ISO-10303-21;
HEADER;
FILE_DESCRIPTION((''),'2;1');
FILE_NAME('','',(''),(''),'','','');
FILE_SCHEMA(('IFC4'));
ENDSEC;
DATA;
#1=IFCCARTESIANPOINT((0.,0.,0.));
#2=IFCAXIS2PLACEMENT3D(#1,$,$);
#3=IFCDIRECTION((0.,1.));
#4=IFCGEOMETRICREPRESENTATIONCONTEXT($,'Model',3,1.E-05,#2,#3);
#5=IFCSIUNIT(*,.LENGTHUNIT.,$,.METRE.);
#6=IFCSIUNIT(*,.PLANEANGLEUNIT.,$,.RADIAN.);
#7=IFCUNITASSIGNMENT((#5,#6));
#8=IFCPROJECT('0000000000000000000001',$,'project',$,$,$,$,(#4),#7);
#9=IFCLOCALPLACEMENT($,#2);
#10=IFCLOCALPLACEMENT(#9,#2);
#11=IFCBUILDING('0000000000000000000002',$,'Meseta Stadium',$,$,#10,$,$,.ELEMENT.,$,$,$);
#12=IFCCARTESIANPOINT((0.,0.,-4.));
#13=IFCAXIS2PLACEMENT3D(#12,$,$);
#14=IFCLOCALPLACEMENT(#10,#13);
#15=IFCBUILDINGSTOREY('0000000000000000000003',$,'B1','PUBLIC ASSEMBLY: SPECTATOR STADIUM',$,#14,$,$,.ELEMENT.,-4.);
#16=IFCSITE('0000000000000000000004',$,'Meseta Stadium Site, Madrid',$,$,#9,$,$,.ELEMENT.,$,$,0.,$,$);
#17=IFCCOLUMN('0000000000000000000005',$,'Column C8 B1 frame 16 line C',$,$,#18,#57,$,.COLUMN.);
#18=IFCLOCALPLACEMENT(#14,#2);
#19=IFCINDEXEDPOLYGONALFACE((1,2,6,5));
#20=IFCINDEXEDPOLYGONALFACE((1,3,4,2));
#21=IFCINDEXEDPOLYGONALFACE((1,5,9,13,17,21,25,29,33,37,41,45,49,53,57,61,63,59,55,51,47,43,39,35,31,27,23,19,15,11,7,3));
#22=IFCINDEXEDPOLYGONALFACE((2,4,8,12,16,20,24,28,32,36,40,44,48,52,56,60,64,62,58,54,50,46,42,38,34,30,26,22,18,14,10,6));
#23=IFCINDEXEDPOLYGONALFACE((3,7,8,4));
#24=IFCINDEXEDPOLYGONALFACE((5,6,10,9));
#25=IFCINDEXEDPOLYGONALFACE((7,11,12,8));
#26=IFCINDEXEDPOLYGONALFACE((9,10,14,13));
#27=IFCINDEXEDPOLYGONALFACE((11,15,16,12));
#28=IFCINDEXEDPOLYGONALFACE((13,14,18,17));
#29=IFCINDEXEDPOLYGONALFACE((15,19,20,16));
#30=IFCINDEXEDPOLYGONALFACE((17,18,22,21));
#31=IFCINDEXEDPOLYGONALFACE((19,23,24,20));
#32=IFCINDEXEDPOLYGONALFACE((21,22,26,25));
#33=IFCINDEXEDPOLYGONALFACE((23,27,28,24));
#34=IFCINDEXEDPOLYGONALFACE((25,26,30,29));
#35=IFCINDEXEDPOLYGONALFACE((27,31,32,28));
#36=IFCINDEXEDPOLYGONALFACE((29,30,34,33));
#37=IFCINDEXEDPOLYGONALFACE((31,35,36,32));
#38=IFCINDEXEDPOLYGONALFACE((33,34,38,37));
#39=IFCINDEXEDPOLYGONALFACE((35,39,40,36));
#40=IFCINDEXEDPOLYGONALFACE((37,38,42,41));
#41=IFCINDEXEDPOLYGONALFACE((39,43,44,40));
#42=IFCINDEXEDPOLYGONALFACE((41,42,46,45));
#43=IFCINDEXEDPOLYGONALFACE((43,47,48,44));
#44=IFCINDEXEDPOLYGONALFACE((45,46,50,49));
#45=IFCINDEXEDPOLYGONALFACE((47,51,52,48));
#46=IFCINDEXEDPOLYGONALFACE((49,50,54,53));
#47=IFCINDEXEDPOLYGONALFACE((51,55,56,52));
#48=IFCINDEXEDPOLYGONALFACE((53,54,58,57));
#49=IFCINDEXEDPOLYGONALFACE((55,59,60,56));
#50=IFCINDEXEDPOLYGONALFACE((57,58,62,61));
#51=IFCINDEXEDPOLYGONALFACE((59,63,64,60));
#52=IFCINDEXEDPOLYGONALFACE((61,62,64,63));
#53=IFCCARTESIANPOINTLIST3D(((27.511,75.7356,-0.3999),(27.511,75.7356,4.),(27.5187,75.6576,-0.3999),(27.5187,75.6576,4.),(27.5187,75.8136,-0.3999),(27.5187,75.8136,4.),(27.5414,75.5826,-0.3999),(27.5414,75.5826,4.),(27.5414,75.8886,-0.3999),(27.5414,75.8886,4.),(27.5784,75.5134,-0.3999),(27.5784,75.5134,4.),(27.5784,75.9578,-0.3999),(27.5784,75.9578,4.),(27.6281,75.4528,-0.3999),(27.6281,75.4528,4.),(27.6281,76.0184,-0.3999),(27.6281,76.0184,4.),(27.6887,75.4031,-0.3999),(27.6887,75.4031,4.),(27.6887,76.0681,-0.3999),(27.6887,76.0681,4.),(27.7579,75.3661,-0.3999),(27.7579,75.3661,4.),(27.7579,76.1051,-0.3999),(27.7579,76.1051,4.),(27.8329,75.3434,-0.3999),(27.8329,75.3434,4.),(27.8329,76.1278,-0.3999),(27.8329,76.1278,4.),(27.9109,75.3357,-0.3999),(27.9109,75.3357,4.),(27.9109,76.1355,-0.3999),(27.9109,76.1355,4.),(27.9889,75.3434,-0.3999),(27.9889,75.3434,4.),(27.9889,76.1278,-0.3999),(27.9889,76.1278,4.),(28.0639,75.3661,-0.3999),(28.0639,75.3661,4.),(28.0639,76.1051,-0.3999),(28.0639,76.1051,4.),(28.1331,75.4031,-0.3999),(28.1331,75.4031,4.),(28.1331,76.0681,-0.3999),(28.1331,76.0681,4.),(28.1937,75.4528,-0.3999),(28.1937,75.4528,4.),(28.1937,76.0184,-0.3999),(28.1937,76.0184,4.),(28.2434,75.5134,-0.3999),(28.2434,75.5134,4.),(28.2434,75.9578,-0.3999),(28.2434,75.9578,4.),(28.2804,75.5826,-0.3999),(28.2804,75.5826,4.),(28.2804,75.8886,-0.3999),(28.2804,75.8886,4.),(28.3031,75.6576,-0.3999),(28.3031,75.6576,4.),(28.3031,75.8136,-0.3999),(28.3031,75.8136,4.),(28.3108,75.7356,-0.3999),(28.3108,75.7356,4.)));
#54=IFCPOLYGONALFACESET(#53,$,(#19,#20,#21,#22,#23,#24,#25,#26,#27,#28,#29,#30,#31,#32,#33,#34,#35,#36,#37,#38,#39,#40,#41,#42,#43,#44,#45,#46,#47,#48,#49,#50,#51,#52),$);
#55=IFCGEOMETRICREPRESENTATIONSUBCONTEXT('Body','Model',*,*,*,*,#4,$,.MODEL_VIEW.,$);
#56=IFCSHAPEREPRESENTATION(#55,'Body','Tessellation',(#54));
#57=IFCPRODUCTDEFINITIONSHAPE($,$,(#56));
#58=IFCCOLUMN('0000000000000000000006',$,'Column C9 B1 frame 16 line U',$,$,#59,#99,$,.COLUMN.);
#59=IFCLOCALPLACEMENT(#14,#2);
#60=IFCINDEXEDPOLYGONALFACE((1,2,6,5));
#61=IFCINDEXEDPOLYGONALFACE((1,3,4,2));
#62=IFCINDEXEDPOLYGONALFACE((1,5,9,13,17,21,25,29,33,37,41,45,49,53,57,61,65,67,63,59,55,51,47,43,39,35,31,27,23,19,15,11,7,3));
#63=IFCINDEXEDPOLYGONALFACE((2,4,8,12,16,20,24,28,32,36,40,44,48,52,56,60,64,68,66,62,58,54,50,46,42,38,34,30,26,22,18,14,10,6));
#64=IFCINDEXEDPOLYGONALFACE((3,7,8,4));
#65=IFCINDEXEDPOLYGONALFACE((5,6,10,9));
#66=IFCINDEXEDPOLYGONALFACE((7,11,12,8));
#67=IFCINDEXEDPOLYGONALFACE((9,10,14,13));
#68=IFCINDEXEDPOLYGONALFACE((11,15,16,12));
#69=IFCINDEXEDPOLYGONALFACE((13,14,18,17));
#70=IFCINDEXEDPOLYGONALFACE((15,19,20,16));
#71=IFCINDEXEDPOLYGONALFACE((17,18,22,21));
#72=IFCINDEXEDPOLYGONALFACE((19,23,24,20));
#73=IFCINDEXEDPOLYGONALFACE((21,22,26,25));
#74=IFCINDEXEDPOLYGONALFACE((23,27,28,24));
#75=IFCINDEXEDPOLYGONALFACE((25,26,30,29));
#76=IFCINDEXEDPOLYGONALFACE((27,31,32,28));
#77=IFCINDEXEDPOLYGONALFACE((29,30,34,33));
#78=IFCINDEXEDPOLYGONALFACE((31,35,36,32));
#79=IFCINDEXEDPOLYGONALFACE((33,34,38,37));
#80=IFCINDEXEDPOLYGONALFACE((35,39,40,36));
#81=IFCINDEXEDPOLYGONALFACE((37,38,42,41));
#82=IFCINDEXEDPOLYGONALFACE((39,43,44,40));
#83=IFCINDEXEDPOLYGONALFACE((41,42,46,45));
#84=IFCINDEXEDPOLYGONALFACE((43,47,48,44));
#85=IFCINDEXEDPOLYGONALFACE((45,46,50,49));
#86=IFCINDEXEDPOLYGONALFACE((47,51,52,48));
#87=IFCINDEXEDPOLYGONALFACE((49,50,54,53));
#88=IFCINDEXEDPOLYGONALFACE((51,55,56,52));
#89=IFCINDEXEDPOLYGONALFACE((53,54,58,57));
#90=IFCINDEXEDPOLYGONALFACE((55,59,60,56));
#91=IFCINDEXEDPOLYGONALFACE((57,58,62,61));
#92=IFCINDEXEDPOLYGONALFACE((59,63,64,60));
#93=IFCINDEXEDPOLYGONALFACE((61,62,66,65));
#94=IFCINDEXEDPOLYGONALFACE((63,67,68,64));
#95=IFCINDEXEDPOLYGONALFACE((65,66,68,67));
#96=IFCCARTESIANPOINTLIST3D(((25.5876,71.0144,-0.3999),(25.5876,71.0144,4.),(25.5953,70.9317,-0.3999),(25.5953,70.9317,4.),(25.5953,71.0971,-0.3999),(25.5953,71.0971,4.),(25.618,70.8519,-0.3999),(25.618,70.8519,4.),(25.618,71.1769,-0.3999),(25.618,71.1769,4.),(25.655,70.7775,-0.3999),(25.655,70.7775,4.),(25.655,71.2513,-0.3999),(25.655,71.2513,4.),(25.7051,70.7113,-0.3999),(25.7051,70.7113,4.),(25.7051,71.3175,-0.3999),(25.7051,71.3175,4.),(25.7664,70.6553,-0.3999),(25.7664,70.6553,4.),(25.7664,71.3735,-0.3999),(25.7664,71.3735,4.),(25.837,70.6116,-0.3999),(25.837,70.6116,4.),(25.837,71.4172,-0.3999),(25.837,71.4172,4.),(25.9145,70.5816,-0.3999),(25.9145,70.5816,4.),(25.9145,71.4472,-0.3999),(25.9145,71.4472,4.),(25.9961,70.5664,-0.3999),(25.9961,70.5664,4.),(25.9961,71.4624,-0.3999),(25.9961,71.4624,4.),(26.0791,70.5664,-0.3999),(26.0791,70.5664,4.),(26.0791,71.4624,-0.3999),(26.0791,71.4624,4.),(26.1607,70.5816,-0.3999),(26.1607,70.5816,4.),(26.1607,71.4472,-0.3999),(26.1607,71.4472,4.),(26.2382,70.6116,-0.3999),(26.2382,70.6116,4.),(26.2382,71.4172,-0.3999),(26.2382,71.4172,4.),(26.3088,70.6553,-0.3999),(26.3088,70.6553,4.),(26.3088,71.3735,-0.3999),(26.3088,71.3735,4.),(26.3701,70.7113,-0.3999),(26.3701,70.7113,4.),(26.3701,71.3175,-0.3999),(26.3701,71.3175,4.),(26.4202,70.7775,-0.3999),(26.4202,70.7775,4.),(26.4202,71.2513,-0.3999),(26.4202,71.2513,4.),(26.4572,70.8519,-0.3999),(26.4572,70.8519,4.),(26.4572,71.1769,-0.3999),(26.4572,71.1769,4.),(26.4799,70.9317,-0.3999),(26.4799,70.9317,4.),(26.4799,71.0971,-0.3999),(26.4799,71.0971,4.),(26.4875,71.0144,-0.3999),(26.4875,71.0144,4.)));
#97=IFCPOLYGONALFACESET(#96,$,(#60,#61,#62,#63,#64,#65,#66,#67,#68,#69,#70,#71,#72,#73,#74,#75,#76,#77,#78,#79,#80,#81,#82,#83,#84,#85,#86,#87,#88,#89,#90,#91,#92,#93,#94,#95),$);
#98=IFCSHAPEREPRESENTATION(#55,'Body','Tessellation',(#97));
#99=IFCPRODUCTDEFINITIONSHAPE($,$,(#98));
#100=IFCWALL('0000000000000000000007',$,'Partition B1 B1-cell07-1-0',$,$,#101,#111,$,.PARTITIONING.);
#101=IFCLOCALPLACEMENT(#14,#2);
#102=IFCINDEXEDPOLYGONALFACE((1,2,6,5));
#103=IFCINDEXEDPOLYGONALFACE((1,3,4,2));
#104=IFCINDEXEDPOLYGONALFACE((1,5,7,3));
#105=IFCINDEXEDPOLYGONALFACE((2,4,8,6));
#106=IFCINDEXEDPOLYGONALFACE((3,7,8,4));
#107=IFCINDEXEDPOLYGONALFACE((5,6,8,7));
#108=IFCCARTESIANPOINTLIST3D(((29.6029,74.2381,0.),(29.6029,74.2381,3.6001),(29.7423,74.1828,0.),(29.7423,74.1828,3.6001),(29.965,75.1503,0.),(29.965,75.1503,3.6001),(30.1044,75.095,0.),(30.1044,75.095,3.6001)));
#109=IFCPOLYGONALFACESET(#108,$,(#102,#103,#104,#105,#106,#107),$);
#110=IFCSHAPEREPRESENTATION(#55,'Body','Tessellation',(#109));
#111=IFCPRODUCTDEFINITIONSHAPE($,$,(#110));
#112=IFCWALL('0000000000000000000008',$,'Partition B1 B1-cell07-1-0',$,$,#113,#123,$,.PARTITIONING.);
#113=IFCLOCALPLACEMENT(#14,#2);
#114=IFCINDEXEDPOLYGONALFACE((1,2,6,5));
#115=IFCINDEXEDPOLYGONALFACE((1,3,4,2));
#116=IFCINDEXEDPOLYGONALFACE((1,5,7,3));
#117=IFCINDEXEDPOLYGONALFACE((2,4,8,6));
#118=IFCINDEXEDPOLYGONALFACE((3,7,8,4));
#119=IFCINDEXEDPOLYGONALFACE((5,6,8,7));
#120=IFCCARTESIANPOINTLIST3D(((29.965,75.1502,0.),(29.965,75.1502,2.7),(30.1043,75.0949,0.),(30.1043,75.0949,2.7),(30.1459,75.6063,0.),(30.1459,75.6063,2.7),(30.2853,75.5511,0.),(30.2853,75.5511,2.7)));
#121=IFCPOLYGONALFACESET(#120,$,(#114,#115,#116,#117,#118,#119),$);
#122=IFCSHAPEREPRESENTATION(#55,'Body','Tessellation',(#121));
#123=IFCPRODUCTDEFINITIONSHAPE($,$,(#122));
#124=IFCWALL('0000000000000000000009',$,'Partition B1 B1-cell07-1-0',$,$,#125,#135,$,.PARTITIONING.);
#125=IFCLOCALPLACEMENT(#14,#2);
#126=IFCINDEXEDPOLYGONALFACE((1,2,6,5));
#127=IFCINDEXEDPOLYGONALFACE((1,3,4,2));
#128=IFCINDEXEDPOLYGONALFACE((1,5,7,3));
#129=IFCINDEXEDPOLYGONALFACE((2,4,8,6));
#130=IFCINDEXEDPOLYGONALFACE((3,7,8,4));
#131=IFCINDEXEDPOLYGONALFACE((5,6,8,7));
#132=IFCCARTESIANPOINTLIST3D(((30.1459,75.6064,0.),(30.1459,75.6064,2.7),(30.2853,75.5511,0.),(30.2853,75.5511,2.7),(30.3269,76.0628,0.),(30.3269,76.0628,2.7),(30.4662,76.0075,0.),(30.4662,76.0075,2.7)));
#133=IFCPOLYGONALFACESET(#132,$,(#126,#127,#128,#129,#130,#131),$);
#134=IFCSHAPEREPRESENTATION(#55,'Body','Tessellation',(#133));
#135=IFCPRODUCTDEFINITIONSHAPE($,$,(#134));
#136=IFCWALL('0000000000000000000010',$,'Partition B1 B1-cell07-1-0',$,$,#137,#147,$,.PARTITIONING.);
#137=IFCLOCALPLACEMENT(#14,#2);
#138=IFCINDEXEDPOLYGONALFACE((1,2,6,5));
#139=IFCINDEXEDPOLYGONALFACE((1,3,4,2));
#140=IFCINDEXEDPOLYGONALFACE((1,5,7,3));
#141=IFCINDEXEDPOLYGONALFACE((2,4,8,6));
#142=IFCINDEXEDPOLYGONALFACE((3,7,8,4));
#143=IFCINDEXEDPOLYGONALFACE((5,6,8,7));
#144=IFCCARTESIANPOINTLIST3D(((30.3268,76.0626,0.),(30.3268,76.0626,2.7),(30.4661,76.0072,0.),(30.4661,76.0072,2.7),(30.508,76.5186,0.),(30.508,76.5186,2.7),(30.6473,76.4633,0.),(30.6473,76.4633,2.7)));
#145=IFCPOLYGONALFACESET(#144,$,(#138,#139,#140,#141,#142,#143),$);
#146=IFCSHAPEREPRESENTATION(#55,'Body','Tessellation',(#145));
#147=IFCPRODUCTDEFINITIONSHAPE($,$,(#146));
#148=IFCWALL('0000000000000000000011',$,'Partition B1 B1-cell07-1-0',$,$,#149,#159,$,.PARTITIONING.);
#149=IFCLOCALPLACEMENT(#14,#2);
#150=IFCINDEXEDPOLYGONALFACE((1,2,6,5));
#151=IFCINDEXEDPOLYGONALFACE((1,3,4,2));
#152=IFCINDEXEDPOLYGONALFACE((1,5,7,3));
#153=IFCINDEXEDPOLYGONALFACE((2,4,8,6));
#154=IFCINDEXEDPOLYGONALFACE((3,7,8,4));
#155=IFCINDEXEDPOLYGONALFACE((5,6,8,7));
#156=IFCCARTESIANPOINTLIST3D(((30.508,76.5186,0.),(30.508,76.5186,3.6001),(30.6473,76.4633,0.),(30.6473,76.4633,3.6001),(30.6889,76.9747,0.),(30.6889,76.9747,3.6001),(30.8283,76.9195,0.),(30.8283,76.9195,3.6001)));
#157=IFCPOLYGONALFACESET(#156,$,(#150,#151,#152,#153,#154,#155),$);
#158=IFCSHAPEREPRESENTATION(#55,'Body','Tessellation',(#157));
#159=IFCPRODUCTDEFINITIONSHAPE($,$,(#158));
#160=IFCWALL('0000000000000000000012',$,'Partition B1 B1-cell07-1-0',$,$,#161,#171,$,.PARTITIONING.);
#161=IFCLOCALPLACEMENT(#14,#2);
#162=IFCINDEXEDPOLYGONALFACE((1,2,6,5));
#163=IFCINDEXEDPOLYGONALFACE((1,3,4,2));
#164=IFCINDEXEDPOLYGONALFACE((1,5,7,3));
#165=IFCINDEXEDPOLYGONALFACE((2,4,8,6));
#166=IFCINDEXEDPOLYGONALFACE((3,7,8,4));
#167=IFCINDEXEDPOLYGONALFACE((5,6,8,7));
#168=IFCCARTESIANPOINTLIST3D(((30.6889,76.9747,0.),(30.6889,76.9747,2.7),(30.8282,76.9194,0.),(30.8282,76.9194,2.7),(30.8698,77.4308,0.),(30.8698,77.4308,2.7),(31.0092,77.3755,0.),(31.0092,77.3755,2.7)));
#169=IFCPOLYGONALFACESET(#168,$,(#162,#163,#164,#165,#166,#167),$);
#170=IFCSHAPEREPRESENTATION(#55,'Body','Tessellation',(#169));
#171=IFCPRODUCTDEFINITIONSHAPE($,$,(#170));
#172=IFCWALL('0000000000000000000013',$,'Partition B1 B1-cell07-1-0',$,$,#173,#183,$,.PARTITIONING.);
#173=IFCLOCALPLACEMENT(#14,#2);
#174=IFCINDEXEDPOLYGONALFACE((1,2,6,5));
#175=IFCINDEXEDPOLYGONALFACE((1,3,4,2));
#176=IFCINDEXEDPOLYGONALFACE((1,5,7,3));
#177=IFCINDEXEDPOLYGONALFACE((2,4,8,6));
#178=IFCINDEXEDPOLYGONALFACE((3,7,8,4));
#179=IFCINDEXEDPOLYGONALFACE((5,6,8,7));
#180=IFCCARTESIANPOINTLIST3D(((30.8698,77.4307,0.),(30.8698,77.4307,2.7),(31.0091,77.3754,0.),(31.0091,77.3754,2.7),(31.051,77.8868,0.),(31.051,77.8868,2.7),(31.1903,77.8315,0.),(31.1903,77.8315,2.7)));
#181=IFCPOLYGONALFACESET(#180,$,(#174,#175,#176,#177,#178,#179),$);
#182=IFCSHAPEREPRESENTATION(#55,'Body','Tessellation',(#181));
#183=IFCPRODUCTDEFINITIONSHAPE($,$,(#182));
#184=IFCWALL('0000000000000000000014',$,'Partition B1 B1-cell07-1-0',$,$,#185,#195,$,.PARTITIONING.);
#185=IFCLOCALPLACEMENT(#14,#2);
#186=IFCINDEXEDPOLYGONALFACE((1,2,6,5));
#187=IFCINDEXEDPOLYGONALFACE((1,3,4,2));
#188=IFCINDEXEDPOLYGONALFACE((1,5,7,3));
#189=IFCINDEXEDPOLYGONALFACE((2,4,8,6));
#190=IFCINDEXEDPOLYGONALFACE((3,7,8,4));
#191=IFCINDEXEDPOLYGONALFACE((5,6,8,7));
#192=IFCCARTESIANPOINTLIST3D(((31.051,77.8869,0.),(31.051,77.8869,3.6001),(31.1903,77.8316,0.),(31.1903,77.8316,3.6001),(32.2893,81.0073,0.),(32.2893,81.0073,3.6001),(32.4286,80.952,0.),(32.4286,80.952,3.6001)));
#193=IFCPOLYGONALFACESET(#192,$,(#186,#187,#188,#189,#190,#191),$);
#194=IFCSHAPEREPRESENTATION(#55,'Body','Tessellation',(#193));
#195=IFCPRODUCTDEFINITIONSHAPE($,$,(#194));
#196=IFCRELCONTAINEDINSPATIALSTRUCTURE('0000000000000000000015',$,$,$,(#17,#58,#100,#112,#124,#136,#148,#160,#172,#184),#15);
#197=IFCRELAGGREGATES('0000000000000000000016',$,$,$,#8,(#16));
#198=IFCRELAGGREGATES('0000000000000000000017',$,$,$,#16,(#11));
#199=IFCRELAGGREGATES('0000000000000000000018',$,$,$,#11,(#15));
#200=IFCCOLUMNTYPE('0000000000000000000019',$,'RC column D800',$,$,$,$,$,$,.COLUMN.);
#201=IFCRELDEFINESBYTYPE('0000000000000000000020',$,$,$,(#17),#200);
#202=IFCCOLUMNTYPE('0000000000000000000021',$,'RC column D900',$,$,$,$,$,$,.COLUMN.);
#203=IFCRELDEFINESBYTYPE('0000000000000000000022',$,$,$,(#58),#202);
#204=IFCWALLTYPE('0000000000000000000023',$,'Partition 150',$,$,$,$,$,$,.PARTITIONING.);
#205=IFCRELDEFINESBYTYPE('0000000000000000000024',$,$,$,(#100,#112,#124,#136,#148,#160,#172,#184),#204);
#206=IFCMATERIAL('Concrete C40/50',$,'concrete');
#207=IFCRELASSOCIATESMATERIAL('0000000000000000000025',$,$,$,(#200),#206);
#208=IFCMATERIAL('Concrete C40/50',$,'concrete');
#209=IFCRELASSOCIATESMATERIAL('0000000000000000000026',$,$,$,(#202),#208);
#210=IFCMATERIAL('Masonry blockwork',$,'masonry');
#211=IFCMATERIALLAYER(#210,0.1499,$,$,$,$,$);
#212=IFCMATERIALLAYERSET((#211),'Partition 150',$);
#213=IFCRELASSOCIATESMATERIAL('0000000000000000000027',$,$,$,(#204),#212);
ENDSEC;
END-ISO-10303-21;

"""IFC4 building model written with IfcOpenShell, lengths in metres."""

from ifc_helpers import new_model, si_unit, direction, frame, frame_2d, origin, origin_2d, place, context, subcontext, project, spatial, rectangle, circle, extrude, material, layer, layer_set, material_profile, profile_set, type_object, element, save


model = new_model("IFC4")

# Units and contexts
model_context = context("Model", 3, precision=1e-05, world=origin(), true_north=direction((0.0, 1.0)))
body_context = subcontext(model_context, "Body", "Model", "MODEL_VIEW")
ifc_project = project(units=[si_unit("LENGTHUNIT", "METRE"), si_unit("PLANEANGLEUNIT", "RADIAN")], contexts=[model_context])

# Site, building, storey
site_placement = place(None, origin())
site = spatial("IfcSite", under=ifc_project, at=site_placement, Name="Meseta Stadium Site, Madrid", CompositionType="ELEMENT", RefElevation=0.0)
building_placement = place(site_placement, origin())
building = spatial("IfcBuilding", under=site, at=building_placement, Name="Meseta Stadium", CompositionType="ELEMENT")
storey_placement = place(building_placement, frame((0.0, 0.0, -4.0)))
storey = spatial("IfcBuildingStorey", under=building, at=storey_placement, Name="B1", Description="PUBLIC ASSEMBLY: SPECTATOR STADIUM", CompositionType="ELEMENT", Elevation=-4.0)

# Columns
ifc_material_1 = material(Name="Concrete C40/50", Category="concrete")
ifc_material_profile_1 = material_profile(ifc_material_1, circle(Radius=0.3999, at=origin_2d()), Name="RC D800")
ifc_profile_set_1 = profile_set([ifc_material_profile_1], Name="Concrete C40/50")
column_type_1 = type_object("IfcColumnType", Name="RC column D800", PredefinedType="COLUMN", material=ifc_profile_set_1)
for number, where, z_axis, x_axis, name in (
    (1, (27.9109, 75.7356, -0.3999), (0.0, 0.0, 1.0), (1.0, 0.0, 0.0), "Column C8 B1 frame 16 line C"),
):
    element("IfcColumn", number, at=place(storey_placement, frame(where, z_axis=z_axis, x_axis=x_axis)), inside=storey, type_object=column_type_1, Name=name, PredefinedType="COLUMN", context=body_context, shape_type="SweptSolid", body=[
        extrude(circle(Radius=0.3999, at=origin_2d()), origin(), (0.0, 0.0, 1.0), 4.3999),
    ])
ifc_material_2 = material(Name="Concrete C40/50", Category="concrete")
ifc_material_profile_2 = material_profile(ifc_material_2, circle(Radius=0.45, at=origin_2d()), Name="RC D900")
ifc_profile_set_2 = profile_set([ifc_material_profile_2], Name="Concrete C40/50")
column_type_2 = type_object("IfcColumnType", Name="RC column D900", PredefinedType="COLUMN", material=ifc_profile_set_2)
column_1_placement = place(storey_placement, frame((26.0376, 71.0144, -0.3999), z_axis=(0.0, 0.0, 1.0), x_axis=(1.0, 0.0, 0.0)))
element("IfcColumn", 2, at=column_1_placement, inside=storey, type_object=column_type_2, Name="Column C9 B1 frame 16 line U", PredefinedType="COLUMN", context=body_context, shape_type="SweptSolid", body=[
    extrude(circle(Radius=0.45, at=origin_2d()), origin(), (0.0, 0.0, 1.0), 4.3999),
])

# Walls
ifc_material_3 = material(Name="Masonry blockwork", Category="masonry")
ifc_layer = layer(ifc_material_3, 0.1499)
ifc_layer_set = layer_set([ifc_layer], Name="Partition 150")
wall_type = type_object("IfcWallType", Name="Partition 150", PredefinedType="PARTITIONING", material=ifc_layer_set)
wall_1_placement = place(storey_placement, frame((29.6726, 74.2104, 0.0), z_axis=(0.0, 0.0, 1.0), x_axis=(0.368944, 0.929451, 0.0)))
element("IfcWall", 3, at=wall_1_placement, inside=storey, type_object=wall_type, Name="Partition B1 B1-cell07-1-0", PredefinedType="PARTITIONING", context=body_context, shape_type="SweptSolid", body=[
    extrude(rectangle(XDim=0.9814, YDim=0.1499, at=frame_2d((0.4907, 0.0))), origin(), (0.0, 0.0, 1.0), 3.6001),
])
wall_2_placement = place(storey_placement, frame((30.0347, 75.1226, 0.0), z_axis=(0.0, 0.0, 1.0), x_axis=(0.36873, 0.929537, 0.0)))
element("IfcWall", 4, at=wall_2_placement, inside=storey, type_object=wall_type, Name="Partition B1 B1-cell07-1-0", PredefinedType="PARTITIONING", context=body_context, shape_type="SweptSolid", body=[
    extrude(rectangle(XDim=0.4907, YDim=0.1499, at=frame_2d((0.2454, 0.0))), origin(), (0.0, 0.0, 1.0), 2.7),
])
wall_3_placement = place(storey_placement, frame((30.2156, 75.5786, 0.0), z_axis=(0.0, 0.0, 1.0), x_axis=(0.368559, 0.929604, 0.0)))
element("IfcWall", 5, at=wall_3_placement, inside=storey, type_object=wall_type, Name="Partition B1 B1-cell07-1-0", PredefinedType="PARTITIONING", context=body_context, shape_type="SweptSolid", body=[
    extrude(rectangle(XDim=0.491, YDim=0.1499, at=frame_2d((0.2456, 0.0))), origin(), (0.0, 0.0, 1.0), 2.7),
])
wall_4_placement = place(storey_placement, frame((30.3965, 76.0349, 0.0), z_axis=(0.0, 0.0, 1.0), x_axis=(0.369159, 0.929366, 0.0)))
element("IfcWall", 6, at=wall_4_placement, inside=storey, type_object=wall_type, Name="Partition B1 B1-cell07-1-0", PredefinedType="PARTITIONING", context=body_context, shape_type="SweptSolid", body=[
    extrude(rectangle(XDim=0.4907, YDim=0.1499, at=frame_2d((0.2454, 0.0))), origin(), (0.0, 0.0, 1.0), 2.7),
])
wall_5_placement = place(storey_placement, frame((30.5776, 76.491, 0.0), z_axis=(0.0, 0.0, 1.0), x_axis=(0.36873, 0.929537, 0.0)))
element("IfcWall", 7, at=wall_5_placement, inside=storey, type_object=wall_type, Name="Partition B1 B1-cell07-1-0", PredefinedType="PARTITIONING", context=body_context, shape_type="SweptSolid", body=[
    extrude(rectangle(XDim=0.4907, YDim=0.1499, at=frame_2d((0.2454, 0.0))), origin(), (0.0, 0.0, 1.0), 3.6001),
])
for number, where, z_axis, x_axis, name in (
    (8, (30.7585, 76.947, 0.0), (0.0, 0.0, 1.0), (0.36873, 0.929537, 0.0), "Partition B1 B1-cell07-1-0"),
    (9, (30.9395, 77.4031, 0.0), (0.0, 0.0, 1.0), (0.369159, 0.929366, 0.0), "Partition B1 B1-cell07-1-0"),
):
    element("IfcWall", number, at=place(storey_placement, frame(where, z_axis=z_axis, x_axis=x_axis)), inside=storey, type_object=wall_type, Name=name, PredefinedType="PARTITIONING", context=body_context, shape_type="SweptSolid", body=[
        extrude(rectangle(XDim=0.4907, YDim=0.1499, at=frame_2d((0.2454, 0.0))), origin(), (0.0, 0.0, 1.0), 2.7),
    ])
wall_6_placement = place(storey_placement, frame((31.1206, 77.8591, 0.0), z_axis=(0.0, 0.0, 1.0), x_axis=(0.368856, 0.929486, 0.0)))
element("IfcWall", 10, at=wall_6_placement, inside=storey, type_object=wall_type, Name="Partition B1 B1-cell07-1-0", PredefinedType="PARTITIONING", context=body_context, shape_type="SweptSolid", body=[
    extrude(rectangle(XDim=3.3572, YDim=0.1499, at=frame_2d((1.6787, 0.0))), origin(), (0.0, 0.0, 1.0), 3.6001),
])

save(model, "model.ifc")
